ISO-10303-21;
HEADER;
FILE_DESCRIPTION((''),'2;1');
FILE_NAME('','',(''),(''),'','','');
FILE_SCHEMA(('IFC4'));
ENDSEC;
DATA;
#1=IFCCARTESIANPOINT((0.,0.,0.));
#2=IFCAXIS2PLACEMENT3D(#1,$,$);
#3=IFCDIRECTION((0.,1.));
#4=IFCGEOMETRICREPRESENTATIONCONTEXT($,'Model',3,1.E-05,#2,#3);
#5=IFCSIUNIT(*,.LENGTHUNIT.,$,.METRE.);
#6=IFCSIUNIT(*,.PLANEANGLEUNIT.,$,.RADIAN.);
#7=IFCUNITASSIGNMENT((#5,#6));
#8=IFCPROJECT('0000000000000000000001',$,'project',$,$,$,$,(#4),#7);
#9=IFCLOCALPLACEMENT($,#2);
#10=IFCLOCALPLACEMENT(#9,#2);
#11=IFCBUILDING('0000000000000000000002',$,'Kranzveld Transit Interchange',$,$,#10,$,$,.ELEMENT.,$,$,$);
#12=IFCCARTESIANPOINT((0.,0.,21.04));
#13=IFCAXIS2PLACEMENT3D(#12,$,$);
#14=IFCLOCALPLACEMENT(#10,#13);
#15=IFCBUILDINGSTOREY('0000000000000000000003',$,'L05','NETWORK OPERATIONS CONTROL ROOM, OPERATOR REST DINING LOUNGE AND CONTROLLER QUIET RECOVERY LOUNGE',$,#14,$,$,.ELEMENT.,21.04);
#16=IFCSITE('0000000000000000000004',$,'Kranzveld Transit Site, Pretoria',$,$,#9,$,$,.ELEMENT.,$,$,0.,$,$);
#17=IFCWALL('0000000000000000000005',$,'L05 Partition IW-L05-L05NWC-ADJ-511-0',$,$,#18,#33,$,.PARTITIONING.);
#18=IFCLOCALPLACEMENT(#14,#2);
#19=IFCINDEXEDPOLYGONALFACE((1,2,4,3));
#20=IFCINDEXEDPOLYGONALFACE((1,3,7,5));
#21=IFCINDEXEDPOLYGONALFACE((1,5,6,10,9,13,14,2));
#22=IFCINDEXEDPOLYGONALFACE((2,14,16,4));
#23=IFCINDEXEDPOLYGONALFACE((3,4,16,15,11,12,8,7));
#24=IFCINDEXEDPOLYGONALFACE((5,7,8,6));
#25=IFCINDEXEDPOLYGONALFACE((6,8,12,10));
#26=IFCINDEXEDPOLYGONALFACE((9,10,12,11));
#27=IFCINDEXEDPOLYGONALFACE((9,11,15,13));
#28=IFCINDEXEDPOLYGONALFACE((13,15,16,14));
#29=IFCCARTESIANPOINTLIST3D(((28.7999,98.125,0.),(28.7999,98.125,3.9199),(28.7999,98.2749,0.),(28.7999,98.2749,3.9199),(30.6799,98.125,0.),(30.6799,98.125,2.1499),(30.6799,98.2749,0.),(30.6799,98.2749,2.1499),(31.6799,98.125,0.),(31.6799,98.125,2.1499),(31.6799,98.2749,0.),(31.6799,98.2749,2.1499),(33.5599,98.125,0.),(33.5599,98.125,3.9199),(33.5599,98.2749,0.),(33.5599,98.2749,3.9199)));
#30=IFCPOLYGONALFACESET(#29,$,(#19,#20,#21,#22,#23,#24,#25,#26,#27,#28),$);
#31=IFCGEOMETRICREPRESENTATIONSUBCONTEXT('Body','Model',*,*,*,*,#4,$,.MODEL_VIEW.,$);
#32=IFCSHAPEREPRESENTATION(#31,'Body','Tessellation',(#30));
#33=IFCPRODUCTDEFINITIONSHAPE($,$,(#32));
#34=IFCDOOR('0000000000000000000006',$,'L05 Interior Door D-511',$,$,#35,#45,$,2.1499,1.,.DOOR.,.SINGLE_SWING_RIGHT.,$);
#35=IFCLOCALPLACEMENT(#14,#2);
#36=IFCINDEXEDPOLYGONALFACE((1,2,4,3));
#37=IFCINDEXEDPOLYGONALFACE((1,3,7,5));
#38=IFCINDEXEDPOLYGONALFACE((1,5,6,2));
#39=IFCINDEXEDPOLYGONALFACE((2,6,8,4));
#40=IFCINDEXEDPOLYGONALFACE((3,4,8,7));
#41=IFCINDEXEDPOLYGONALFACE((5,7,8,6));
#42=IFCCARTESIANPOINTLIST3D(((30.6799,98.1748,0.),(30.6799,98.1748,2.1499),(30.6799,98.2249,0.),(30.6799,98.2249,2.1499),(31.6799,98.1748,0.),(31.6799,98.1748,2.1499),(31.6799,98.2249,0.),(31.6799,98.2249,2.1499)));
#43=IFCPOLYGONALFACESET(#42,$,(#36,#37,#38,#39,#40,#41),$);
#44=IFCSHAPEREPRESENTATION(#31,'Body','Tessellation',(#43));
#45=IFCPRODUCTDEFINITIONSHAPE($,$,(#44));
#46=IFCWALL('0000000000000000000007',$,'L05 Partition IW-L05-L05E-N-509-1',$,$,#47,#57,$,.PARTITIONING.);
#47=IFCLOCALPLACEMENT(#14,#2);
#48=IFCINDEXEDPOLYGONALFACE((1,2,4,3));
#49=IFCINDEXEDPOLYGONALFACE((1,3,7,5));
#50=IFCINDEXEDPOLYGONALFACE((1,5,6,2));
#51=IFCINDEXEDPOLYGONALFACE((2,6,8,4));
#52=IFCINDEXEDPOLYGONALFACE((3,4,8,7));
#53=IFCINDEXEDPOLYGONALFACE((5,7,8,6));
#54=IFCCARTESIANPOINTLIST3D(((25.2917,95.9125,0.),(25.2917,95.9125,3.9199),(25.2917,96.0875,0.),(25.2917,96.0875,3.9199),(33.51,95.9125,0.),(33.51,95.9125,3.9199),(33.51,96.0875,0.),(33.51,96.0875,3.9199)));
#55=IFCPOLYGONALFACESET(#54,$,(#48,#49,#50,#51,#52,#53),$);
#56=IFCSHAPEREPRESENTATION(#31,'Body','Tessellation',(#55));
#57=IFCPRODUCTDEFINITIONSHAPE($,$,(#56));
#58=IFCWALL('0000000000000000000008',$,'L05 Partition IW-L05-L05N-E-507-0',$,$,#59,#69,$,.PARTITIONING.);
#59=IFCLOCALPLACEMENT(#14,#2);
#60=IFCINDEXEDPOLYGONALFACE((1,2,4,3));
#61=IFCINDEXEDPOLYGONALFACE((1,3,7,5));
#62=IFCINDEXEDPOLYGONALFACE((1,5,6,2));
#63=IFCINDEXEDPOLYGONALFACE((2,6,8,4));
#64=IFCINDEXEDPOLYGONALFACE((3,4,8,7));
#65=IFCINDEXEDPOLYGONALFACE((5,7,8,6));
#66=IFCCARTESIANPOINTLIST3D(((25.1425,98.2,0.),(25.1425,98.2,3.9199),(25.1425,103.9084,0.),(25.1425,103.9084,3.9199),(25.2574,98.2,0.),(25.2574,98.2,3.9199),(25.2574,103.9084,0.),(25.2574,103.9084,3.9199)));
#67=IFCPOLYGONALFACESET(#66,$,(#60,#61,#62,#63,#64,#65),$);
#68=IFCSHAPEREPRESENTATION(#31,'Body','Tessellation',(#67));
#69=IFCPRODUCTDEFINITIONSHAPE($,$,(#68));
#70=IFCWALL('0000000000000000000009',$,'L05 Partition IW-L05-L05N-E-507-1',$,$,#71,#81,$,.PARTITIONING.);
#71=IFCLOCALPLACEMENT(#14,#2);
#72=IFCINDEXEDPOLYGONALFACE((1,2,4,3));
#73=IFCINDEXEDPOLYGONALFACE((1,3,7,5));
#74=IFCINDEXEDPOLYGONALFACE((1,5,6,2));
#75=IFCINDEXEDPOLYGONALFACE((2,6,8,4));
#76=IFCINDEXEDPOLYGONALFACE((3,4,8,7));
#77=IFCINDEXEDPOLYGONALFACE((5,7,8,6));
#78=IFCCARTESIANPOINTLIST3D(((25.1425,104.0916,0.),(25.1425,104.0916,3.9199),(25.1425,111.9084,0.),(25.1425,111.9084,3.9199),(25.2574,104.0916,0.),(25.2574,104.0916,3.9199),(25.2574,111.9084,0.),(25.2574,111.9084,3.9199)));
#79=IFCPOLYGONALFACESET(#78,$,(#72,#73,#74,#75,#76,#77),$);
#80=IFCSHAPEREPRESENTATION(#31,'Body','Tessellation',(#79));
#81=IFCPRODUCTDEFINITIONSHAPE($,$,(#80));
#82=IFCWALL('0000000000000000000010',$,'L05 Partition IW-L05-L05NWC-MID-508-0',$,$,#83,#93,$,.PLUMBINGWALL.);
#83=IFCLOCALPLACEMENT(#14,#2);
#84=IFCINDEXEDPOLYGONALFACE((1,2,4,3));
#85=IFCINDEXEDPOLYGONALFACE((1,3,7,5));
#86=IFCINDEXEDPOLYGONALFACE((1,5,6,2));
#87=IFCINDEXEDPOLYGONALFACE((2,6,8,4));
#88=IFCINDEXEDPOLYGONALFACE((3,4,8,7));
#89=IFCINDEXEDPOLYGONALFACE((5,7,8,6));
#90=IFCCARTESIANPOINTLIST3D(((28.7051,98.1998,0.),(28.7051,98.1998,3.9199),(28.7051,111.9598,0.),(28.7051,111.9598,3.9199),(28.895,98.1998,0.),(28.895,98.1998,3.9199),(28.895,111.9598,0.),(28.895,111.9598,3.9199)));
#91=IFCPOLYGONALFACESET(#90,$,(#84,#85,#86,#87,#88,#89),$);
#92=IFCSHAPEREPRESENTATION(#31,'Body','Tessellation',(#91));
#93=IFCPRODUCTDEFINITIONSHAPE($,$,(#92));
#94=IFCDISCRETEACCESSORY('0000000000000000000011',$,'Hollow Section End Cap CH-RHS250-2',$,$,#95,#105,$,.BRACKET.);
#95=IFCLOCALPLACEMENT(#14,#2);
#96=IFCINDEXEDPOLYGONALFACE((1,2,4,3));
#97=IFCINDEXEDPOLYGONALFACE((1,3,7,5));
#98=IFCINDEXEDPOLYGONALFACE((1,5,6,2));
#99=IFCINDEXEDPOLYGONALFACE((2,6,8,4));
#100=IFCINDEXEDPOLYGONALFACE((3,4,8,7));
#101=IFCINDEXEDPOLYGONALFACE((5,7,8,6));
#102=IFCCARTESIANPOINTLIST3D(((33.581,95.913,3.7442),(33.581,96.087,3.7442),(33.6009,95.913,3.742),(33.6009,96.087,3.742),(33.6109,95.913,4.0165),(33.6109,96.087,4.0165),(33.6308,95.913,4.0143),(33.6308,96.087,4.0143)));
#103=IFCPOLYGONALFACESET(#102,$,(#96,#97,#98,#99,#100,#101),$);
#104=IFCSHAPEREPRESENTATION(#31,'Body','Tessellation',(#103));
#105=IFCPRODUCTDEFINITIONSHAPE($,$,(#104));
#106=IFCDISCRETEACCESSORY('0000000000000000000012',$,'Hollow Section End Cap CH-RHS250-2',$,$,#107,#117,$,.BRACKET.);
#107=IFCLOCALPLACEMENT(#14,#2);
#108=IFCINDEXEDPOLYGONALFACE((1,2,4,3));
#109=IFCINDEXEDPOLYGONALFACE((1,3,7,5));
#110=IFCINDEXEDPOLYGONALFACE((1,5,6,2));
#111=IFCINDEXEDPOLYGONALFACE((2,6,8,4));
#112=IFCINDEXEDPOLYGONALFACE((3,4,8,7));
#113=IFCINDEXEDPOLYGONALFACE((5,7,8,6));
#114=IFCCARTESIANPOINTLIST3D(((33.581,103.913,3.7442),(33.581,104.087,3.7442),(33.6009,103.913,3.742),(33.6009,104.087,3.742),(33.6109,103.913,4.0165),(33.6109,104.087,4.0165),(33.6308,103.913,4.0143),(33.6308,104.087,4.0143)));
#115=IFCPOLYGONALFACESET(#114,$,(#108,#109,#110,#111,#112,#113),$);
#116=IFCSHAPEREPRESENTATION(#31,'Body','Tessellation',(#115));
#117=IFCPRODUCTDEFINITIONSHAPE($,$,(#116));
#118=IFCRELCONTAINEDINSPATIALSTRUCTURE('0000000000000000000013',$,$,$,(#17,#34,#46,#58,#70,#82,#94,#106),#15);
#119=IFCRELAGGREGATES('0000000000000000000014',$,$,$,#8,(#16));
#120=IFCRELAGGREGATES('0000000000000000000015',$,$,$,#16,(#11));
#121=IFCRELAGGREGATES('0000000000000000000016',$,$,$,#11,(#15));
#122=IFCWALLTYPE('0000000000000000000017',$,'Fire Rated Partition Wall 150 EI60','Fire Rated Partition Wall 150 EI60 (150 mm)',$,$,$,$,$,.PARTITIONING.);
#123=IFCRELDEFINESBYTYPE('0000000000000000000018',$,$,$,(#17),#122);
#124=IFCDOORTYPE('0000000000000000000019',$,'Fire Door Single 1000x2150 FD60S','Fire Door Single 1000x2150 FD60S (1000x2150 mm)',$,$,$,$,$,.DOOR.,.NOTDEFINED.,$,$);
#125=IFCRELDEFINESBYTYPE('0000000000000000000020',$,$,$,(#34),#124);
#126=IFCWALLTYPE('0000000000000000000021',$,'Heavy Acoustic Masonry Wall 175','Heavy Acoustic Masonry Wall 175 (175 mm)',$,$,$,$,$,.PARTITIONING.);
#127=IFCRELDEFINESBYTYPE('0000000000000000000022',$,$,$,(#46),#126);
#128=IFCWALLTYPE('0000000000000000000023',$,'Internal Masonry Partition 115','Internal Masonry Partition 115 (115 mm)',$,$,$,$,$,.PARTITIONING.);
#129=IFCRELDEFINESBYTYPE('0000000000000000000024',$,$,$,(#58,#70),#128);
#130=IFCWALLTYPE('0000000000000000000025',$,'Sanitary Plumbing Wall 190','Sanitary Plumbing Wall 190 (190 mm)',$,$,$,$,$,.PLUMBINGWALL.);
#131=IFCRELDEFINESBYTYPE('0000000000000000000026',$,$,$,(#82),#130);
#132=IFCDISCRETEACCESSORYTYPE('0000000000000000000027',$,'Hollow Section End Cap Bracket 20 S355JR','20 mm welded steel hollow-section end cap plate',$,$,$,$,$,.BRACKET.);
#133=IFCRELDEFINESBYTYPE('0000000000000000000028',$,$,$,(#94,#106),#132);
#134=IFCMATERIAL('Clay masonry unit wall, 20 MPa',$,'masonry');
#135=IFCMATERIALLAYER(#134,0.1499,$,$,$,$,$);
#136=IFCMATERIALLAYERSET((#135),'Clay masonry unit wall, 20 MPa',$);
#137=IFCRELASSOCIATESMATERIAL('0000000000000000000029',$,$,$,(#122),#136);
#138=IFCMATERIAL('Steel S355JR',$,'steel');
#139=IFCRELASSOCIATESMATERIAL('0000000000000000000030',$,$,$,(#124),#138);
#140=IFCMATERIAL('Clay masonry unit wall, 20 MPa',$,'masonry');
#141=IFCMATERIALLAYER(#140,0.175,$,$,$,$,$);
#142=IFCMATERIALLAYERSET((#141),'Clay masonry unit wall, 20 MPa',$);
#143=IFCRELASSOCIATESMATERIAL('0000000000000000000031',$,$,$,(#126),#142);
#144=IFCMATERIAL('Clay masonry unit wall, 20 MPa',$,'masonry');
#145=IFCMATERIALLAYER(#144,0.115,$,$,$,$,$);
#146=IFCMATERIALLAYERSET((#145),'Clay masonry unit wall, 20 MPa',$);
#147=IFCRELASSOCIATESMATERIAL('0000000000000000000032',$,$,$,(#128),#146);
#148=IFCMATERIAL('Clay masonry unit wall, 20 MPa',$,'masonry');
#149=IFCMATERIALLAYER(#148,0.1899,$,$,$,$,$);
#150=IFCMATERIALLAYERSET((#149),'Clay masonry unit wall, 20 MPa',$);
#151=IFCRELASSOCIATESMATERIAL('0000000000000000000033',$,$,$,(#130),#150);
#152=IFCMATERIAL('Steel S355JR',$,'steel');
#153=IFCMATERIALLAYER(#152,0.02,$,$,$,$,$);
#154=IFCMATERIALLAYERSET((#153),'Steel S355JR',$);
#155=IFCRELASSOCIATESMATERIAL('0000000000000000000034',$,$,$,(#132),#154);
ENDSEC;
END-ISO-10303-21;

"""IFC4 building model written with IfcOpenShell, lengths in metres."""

from ifc_helpers import new_model, si_unit, direction, frame, frame_2d, origin, origin_2d, place, context, subcontext, project, spatial, rectangle, extrude, material, layer, layer_set, type_object, element, fill, save


model = new_model("IFC4")

# Units and contexts
model_context = context("Model", 3, precision=1e-05, world=origin(), true_north=direction((0.0, 1.0)))
body_context = subcontext(model_context, "Body", "Model", "MODEL_VIEW")
ifc_project = project(units=[si_unit("LENGTHUNIT", "METRE"), si_unit("PLANEANGLEUNIT", "RADIAN")], contexts=[model_context])

# Site, building, storey
site_placement = place(None, origin())
site = spatial("IfcSite", under=ifc_project, at=site_placement, Name="Kranzveld Transit Site, Pretoria", CompositionType="ELEMENT", RefElevation=0.0)
building_placement = place(site_placement, origin())
building = spatial("IfcBuilding", under=site, at=building_placement, Name="Kranzveld Transit Interchange", CompositionType="ELEMENT")
storey_placement = place(building_placement, frame((0.0, 0.0, 21.04)))
storey = spatial("IfcBuildingStorey", under=building, at=storey_placement, Name="L05", Description="NETWORK OPERATIONS CONTROL ROOM, OPERATOR REST DINING LOUNGE AND CONTROLLER QUIET RECOVERY LOUNGE", CompositionType="ELEMENT", Elevation=21.04)

# Wall, opening, door
ifc_material_1 = material(Name="Clay masonry unit wall, 20 MPa", Category="masonry")
ifc_layer_1 = layer(ifc_material_1, 0.1499)
ifc_layer_set_1 = layer_set([ifc_layer_1], Name="Clay masonry unit wall, 20 MPa")
wall_type_1 = type_object("IfcWallType", Name="Fire Rated Partition Wall 150 EI60", Description="Fire Rated Partition Wall 150 EI60 (150 mm)", PredefinedType="PARTITIONING", material=ifc_layer_set_1)
wall_1_placement = place(storey_placement, frame((28.8, 98.2, 0.0), z_axis=(0.0, 0.0, 1.0), x_axis=(1.0, 0.0, 0.0)))
wall_1 = element("IfcWall", 1, at=wall_1_placement, inside=storey, type_object=wall_type_1, Name="L05 Partition IW-L05-L05NWC-ADJ-511-0", PredefinedType="PARTITIONING", context=body_context, shape_type="SweptSolid", body=[
    extrude(rectangle(XDim=4.76, YDim=0.1499, at=frame_2d((2.3799, 0.0))), origin(), (0.0, 0.0, 1.0), 3.9199),
])
opening_1_placement = place(wall_1_placement, frame((1.8799, 0.0, 0.0), z_axis=(0.0, 0.0, 1.0), x_axis=(1.0, 0.0, 0.0)))
opening_1 = element("IfcOpeningElement", 2, at=opening_1_placement, cuts=wall_1, PredefinedType="OPENING", context=body_context, shape_type="SweptSolid", body=[
    extrude(rectangle(XDim=1.0, YDim=2.1499, at=frame_2d((0.5, 1.075))), frame((0.0, 0.085, 0.0), z_axis=(0.0, -1.0, 0.0), x_axis=(1.0, 0.0, 0.0)), (0.0, 0.0, 1.0), 0.1699),
])
ifc_material_2 = material(Name="Steel S355JR", Category="steel")
door_type_1 = type_object("IfcDoorType", Name="Fire Door Single 1000x2150 FD60S", Description="Fire Door Single 1000x2150 FD60S (1000x2150 mm)", OperationType="NOTDEFINED", PredefinedType="DOOR", material=ifc_material_2)
door_1_placement = place(opening_1_placement, origin())
door_1 = element("IfcDoor", 3, at=door_1_placement, inside=storey, type_object=door_type_1, Name="L05 Interior Door D-511", OperationType="SINGLE_SWING_RIGHT", OverallHeight=2.1499, OverallWidth=1.0, PredefinedType="DOOR", context=body_context, shape_type="SweptSolid", body=[
    extrude(rectangle(XDim=1.0, YDim=2.1499, at=frame_2d((0.5, 1.075))), frame((0.0, 0.0249, 0.0), z_axis=(0.0, -1.0, 0.0), x_axis=(1.0, 0.0, 0.0)), (0.0, 0.0, 1.0), 0.05),
])
fill(opening_1, door_1)

# Walls
ifc_material_3 = material(Name="Clay masonry unit wall, 20 MPa", Category="masonry")
ifc_layer_2 = layer(ifc_material_3, 0.175)
ifc_layer_set_2 = layer_set([ifc_layer_2], Name="Clay masonry unit wall, 20 MPa")
wall_type_2 = type_object("IfcWallType", Name="Heavy Acoustic Masonry Wall 175", Description="Heavy Acoustic Masonry Wall 175 (175 mm)", PredefinedType="PARTITIONING", material=ifc_layer_set_2)
wall_2_placement = place(storey_placement, frame((25.2917, 96.0, 0.0), z_axis=(0.0, 0.0, 1.0), x_axis=(1.0, 0.0, 0.0)))
element("IfcWall", 4, at=wall_2_placement, inside=storey, type_object=wall_type_2, Name="L05 Partition IW-L05-L05E-N-509-1", PredefinedType="PARTITIONING", context=body_context, shape_type="SweptSolid", body=[
    extrude(rectangle(XDim=8.2183, YDim=0.175, at=frame_2d((4.1091, 0.0))), origin(), (0.0, 0.0, 1.0), 3.9199),
])
ifc_material_4 = material(Name="Clay masonry unit wall, 20 MPa", Category="masonry")
ifc_layer_3 = layer(ifc_material_4, 0.115)
ifc_layer_set_3 = layer_set([ifc_layer_3], Name="Clay masonry unit wall, 20 MPa")
wall_type_3 = type_object("IfcWallType", Name="Internal Masonry Partition 115", Description="Internal Masonry Partition 115 (115 mm)", PredefinedType="PARTITIONING", material=ifc_layer_set_3)
wall_3_placement = place(storey_placement, frame((25.2, 98.2, 0.0), z_axis=(0.0, 0.0, 1.0), x_axis=(0.0, 1.0, 0.0)))
element("IfcWall", 5, at=wall_3_placement, inside=storey, type_object=wall_type_3, Name="L05 Partition IW-L05-L05N-E-507-0", PredefinedType="PARTITIONING", context=body_context, shape_type="SweptSolid", body=[
    extrude(rectangle(XDim=5.7085, YDim=0.115, at=frame_2d((2.8542, 0.0))), origin(), (0.0, 0.0, 1.0), 3.9199),
])
wall_4_placement = place(storey_placement, frame((25.2, 104.0916, 0.0), z_axis=(0.0, 0.0, 1.0), x_axis=(0.0, 1.0, 0.0)))
element("IfcWall", 6, at=wall_4_placement, inside=storey, type_object=wall_type_3, Name="L05 Partition IW-L05-L05N-E-507-1", PredefinedType="PARTITIONING", context=body_context, shape_type="SweptSolid", body=[
    extrude(rectangle(XDim=7.8169, YDim=0.115, at=frame_2d((3.9084, 0.0))), origin(), (0.0, 0.0, 1.0), 3.9199),
])

# Shared definitions
ifc_material_5 = material(Name="Clay masonry unit wall, 20 MPa", Category="masonry")
ifc_layer_4 = layer(ifc_material_5, 0.1899)
ifc_layer_set_4 = layer_set([ifc_layer_4], Name="Clay masonry unit wall, 20 MPa")
wall_type_4 = type_object("IfcWallType", Name="Sanitary Plumbing Wall 190", Description="Sanitary Plumbing Wall 190 (190 mm)", PredefinedType="PLUMBINGWALL", material=ifc_layer_set_4)

# Wall
wall_5_placement = place(storey_placement, frame((28.8, 98.2, 0.0), z_axis=(0.0, 0.0, 1.0), x_axis=(0.0, 1.0, 0.0)))
element("IfcWall", 7, at=wall_5_placement, inside=storey, type_object=wall_type_4, Name="L05 Partition IW-L05-L05NWC-MID-508-0", PredefinedType="PLUMBINGWALL", context=body_context, shape_type="SweptSolid", body=[
    extrude(rectangle(XDim=13.76, YDim=0.1899, at=frame_2d((6.8799, 0.0))), origin(), (0.0, 0.0, 1.0), 3.9199),
])

# Discrete accessories
ifc_material_6 = material(Name="Steel S355JR", Category="steel")
ifc_layer_5 = layer(ifc_material_6, 0.02)
ifc_layer_set_5 = layer_set([ifc_layer_5], Name="Steel S355JR")
discrete_accessory_type = type_object("IfcDiscreteAccessoryType", Name="Hollow Section End Cap Bracket 20 S355JR", Description="20 mm welded steel hollow-section end cap plate", PredefinedType="BRACKET", material=ifc_layer_set_5)
for number, where, z_axis, x_axis, name in (
    (8, (33.5959, 96.0, 3.8804), (0.994031, 0.0, -0.109101), (0.0, 1.0, 0.0), "Hollow Section End Cap CH-RHS250-2"),
    (9, (33.5959, 104.0, 3.8804), (0.994031, 0.0, -0.109101), (0.0, 1.0, 0.0), "Hollow Section End Cap CH-RHS250-2"),
):
    element("IfcDiscreteAccessory", number, at=place(storey_placement, frame(where, z_axis=z_axis, x_axis=x_axis)), inside=storey, type_object=discrete_accessory_type, Name=name, PredefinedType="BRACKET", context=body_context, shape_type="SweptSolid", body=[
        extrude(rectangle(XDim=0.1741, YDim=0.2739, at=origin_2d()), origin(), (0.0, 0.0, 1.0), 0.02),
    ])

save(model, "model.ifc")
